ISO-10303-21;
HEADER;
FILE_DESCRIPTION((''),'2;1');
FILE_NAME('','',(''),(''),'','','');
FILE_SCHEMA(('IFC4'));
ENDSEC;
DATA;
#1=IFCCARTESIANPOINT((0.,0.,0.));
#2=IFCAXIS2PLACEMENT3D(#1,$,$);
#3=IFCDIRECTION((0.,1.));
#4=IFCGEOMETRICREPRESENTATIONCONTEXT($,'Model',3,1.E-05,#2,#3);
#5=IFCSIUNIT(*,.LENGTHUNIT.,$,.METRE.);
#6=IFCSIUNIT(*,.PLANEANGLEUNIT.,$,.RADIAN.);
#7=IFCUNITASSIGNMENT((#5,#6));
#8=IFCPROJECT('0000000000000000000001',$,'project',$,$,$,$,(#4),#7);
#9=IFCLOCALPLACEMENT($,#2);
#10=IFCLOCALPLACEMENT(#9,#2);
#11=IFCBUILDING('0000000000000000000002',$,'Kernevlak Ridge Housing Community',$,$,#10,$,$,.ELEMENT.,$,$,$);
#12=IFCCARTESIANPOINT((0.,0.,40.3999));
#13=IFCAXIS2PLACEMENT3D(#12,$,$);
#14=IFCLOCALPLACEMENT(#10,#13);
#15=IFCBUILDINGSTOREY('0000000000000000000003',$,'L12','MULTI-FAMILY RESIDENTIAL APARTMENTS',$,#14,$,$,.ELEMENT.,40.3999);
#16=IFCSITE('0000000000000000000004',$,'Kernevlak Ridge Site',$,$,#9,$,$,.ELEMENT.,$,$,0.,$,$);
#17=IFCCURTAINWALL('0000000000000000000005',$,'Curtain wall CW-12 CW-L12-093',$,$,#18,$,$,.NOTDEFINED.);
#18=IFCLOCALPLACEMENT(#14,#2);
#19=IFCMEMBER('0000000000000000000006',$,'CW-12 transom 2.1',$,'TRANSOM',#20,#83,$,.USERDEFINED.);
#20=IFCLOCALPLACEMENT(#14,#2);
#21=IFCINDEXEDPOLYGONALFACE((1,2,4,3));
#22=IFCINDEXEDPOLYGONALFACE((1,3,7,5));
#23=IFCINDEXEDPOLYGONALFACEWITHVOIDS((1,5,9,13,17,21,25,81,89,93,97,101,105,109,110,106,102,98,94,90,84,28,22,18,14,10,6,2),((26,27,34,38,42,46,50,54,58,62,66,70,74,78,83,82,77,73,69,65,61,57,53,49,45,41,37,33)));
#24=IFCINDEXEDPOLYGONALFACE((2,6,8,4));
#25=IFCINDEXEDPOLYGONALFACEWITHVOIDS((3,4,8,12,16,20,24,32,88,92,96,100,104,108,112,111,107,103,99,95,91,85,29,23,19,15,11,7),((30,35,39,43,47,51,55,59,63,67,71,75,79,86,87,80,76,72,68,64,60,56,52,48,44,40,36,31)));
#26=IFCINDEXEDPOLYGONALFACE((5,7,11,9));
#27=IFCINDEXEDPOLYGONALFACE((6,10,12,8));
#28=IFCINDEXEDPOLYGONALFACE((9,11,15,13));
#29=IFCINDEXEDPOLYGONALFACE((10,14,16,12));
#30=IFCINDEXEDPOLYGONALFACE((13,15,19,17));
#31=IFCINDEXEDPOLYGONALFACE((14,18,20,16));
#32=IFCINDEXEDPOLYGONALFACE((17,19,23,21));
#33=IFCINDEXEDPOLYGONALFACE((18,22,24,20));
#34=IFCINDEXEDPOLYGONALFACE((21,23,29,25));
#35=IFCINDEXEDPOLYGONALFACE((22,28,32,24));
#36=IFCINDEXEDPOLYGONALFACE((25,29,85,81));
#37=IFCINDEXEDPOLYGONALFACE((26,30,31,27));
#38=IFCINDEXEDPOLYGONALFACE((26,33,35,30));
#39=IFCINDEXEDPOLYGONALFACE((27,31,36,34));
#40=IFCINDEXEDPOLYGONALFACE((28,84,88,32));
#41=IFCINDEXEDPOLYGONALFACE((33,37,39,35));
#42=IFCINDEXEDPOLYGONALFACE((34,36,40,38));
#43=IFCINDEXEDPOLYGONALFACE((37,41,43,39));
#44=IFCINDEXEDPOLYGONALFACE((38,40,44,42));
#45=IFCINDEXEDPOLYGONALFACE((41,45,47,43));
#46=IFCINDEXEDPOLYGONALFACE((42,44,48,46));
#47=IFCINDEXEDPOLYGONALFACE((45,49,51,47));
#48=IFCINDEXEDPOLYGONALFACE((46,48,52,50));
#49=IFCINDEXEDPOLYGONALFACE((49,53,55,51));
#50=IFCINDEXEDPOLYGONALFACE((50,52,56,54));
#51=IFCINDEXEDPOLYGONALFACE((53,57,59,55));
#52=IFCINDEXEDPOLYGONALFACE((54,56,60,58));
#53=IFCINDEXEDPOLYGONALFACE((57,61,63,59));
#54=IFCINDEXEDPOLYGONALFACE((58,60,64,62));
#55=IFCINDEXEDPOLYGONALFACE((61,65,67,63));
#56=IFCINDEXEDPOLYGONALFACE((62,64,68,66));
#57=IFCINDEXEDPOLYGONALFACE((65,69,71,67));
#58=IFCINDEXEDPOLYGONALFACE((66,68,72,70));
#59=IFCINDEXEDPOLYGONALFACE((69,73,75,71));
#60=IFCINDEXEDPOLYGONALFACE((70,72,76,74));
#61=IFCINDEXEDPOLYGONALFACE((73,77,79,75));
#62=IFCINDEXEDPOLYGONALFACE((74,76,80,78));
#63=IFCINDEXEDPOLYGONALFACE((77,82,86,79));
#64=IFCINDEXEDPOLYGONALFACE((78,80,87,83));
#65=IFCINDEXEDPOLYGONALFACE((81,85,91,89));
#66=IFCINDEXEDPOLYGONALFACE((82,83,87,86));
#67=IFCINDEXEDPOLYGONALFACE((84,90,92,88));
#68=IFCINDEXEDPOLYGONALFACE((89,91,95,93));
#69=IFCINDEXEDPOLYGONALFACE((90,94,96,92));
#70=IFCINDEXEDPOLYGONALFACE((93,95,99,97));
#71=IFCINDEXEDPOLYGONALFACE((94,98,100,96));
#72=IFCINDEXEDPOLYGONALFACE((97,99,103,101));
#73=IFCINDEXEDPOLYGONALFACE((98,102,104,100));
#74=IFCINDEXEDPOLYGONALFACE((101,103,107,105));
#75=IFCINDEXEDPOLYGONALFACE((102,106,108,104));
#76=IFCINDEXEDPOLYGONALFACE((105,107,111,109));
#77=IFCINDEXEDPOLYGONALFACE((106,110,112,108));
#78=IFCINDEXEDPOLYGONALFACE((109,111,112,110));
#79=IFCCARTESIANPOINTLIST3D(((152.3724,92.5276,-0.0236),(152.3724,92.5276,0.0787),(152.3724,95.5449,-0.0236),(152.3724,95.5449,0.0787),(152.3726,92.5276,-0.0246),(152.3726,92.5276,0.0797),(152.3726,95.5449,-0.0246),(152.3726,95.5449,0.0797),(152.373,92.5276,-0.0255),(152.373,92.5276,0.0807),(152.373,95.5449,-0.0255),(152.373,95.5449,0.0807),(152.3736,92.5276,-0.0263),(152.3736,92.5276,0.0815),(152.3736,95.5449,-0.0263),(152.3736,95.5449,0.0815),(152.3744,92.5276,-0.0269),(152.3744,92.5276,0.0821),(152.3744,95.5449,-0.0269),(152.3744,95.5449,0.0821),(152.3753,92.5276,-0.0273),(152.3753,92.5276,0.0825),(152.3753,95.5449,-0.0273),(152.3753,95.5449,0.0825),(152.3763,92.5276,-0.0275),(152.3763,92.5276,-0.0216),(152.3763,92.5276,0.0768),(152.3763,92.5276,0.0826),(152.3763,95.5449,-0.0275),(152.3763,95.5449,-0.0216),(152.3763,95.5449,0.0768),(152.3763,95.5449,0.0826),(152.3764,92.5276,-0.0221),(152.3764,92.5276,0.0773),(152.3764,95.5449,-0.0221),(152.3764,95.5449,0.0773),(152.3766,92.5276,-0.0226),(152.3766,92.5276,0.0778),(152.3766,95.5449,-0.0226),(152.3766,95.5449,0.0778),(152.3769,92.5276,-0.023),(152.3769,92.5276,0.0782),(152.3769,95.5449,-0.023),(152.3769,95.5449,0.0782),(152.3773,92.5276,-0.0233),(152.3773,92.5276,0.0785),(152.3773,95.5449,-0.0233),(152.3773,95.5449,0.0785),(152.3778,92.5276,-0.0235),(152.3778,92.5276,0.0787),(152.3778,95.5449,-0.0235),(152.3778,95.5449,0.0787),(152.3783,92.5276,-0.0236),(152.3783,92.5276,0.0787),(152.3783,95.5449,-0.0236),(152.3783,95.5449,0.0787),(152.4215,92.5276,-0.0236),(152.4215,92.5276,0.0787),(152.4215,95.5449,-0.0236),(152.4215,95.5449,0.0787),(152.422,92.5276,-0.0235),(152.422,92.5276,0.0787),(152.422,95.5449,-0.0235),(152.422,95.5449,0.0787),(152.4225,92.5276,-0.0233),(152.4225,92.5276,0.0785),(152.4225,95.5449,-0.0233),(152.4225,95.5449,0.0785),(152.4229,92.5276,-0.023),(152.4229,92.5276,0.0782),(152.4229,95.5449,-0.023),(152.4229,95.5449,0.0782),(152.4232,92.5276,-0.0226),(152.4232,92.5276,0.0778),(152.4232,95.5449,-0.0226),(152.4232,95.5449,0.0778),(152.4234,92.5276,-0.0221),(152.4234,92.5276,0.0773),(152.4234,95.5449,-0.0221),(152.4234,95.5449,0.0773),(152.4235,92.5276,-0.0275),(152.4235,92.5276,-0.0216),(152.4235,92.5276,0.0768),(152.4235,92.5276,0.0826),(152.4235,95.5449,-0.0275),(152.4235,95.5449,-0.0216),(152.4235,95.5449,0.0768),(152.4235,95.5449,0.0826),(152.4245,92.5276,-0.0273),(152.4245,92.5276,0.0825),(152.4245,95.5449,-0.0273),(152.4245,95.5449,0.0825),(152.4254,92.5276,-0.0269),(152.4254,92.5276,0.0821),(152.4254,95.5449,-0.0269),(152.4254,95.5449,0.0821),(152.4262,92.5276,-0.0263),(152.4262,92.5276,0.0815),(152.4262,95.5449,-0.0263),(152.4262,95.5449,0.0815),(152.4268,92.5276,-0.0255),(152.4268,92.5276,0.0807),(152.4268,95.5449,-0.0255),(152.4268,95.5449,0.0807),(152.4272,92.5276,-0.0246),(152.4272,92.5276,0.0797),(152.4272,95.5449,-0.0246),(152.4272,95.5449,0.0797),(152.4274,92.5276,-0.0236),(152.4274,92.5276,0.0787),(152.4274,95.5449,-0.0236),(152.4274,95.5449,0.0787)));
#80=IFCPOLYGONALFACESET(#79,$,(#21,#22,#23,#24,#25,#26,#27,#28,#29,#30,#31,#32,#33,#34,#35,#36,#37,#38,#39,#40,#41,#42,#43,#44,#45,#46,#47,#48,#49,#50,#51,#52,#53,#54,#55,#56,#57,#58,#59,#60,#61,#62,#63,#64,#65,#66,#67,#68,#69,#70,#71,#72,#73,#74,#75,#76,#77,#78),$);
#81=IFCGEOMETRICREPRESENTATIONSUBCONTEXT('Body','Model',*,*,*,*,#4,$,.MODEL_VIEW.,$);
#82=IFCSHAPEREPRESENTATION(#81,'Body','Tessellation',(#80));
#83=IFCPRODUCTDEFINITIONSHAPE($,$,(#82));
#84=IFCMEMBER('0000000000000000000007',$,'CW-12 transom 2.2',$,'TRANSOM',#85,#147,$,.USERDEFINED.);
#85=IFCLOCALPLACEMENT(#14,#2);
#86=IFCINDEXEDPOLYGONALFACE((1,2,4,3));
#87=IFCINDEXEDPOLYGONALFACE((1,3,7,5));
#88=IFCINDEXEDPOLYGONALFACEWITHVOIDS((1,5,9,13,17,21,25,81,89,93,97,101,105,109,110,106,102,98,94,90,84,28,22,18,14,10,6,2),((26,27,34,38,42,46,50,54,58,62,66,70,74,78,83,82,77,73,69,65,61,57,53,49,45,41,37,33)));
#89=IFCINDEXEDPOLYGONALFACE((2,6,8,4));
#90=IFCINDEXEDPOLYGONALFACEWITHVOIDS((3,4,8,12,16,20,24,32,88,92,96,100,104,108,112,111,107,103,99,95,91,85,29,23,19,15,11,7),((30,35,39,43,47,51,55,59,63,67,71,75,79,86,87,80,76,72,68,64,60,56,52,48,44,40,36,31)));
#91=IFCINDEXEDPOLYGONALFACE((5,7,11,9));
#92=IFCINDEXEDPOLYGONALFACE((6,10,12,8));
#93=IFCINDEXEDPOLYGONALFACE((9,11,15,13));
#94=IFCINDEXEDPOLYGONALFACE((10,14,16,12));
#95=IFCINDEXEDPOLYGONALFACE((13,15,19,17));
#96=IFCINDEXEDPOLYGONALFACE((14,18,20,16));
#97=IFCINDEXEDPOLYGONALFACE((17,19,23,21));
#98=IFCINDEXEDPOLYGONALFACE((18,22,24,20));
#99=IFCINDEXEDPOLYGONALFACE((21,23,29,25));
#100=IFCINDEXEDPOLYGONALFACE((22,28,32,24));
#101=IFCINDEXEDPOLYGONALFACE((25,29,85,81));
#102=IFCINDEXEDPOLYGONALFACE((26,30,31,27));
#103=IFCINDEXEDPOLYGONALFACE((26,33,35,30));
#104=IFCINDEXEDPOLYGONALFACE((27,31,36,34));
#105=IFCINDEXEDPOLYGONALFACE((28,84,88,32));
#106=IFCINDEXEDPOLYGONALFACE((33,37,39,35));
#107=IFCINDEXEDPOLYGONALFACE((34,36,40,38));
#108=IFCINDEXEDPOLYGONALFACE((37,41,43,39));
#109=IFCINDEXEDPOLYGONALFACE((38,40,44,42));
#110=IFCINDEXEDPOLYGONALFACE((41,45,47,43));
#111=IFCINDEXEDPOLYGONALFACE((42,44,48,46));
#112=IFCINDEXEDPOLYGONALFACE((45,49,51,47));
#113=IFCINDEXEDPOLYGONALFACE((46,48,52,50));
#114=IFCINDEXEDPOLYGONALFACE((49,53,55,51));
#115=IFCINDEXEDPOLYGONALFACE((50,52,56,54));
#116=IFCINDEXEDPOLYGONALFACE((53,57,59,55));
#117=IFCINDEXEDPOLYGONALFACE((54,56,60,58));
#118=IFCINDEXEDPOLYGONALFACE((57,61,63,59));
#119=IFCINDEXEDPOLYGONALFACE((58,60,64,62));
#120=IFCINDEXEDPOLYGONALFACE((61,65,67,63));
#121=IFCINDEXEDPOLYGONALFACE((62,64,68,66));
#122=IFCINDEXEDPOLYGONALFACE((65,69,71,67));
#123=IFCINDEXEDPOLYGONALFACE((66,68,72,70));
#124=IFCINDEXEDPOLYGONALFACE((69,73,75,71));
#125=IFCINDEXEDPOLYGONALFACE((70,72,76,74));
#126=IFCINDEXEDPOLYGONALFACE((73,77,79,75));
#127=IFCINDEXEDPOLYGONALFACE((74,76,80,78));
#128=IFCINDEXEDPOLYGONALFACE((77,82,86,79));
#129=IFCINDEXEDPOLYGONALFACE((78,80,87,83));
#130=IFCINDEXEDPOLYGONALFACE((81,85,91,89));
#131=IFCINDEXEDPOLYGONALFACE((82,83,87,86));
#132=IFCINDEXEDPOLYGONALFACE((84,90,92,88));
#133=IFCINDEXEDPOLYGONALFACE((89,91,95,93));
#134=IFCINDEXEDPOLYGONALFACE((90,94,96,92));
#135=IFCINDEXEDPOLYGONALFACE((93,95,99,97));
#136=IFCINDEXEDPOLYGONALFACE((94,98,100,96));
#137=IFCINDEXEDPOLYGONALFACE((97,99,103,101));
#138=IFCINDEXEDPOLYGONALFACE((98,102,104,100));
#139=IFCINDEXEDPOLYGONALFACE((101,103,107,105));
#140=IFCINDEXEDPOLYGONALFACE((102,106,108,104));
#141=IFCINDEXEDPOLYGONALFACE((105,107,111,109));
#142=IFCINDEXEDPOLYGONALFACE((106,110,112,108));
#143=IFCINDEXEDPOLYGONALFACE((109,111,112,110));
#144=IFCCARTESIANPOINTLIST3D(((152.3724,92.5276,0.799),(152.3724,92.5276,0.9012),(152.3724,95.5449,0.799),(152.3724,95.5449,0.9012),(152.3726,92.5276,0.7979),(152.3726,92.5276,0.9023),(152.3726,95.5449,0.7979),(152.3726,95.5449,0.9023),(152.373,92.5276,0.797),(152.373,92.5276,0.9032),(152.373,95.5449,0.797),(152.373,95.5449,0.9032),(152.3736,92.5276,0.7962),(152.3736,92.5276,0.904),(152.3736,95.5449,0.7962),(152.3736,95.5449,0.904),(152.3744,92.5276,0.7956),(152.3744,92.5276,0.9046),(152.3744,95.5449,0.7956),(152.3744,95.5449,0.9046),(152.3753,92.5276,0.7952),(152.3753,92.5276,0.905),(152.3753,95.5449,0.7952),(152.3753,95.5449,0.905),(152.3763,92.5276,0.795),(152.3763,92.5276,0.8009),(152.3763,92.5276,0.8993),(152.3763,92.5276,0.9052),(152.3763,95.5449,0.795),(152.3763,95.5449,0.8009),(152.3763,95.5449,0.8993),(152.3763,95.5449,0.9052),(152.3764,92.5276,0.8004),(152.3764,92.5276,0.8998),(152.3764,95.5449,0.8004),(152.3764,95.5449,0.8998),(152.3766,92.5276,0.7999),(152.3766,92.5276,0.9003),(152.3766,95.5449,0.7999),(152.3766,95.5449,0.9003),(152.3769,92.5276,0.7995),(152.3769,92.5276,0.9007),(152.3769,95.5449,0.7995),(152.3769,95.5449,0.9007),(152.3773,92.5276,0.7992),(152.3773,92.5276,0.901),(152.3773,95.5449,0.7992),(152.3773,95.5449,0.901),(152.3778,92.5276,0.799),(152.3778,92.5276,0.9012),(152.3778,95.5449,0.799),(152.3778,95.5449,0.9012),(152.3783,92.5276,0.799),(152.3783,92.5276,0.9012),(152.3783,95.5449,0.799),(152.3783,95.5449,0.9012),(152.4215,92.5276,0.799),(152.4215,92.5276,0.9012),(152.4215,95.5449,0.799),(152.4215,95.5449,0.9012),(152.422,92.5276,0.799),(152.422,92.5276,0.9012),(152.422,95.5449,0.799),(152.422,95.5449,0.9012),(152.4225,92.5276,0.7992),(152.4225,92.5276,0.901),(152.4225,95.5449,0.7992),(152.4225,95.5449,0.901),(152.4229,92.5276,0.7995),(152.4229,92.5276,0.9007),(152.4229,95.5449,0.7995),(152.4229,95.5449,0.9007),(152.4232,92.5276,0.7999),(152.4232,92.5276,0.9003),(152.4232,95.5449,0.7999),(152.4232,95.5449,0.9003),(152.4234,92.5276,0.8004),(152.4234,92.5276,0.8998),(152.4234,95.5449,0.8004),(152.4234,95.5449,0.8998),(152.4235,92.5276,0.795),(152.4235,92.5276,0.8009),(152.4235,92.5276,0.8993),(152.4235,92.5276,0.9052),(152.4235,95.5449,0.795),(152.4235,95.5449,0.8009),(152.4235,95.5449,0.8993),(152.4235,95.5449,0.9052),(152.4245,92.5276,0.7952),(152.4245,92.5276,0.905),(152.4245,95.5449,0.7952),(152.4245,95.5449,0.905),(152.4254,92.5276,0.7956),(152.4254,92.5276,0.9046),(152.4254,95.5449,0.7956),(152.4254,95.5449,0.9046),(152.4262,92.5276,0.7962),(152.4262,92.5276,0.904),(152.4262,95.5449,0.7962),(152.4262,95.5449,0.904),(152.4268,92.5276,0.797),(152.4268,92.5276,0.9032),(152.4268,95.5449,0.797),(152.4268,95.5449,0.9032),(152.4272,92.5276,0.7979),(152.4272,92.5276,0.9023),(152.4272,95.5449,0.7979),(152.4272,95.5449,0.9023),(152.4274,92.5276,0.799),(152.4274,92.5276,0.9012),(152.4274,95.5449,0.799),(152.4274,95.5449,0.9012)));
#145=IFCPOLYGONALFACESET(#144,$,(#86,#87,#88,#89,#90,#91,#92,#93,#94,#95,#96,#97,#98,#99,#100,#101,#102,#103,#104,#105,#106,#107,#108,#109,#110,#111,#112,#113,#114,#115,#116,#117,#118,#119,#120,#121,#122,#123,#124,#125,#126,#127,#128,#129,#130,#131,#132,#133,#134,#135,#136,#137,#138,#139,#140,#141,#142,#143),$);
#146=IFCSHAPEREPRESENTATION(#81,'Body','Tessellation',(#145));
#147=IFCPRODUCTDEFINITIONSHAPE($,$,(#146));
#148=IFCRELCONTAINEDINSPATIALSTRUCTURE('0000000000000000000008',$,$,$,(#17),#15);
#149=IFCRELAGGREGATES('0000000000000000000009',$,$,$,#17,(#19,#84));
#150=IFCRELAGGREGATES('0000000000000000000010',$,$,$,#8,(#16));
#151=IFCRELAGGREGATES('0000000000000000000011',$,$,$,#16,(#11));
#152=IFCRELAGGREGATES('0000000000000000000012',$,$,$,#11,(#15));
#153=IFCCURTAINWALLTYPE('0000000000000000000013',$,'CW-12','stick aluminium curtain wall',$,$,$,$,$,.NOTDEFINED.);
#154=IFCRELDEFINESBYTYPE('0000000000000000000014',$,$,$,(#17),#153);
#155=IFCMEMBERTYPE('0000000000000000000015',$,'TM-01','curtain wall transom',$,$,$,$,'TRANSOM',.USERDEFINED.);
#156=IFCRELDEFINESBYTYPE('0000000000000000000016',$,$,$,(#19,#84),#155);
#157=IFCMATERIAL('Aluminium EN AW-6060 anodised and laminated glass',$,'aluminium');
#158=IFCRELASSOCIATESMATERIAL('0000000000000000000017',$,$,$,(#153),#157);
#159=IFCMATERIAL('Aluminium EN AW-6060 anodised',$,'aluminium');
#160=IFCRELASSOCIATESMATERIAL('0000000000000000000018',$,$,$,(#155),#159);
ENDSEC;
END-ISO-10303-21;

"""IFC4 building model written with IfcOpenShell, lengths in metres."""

from ifc_helpers import new_model, si_unit, direction, frame, origin, origin_2d, place, context, subcontext, project, spatial, hollow_rectangle, extrude, material, material_profile, profile_set, type_object, element, aggregate, save


model = new_model("IFC4")

# Units and contexts
model_context = context("Model", 3, precision=1e-05, world=origin(), true_north=direction((0.0, 1.0)))
body_context = subcontext(model_context, "Body", "Model", "MODEL_VIEW")
ifc_project = project(units=[si_unit("LENGTHUNIT", "METRE"), si_unit("PLANEANGLEUNIT", "RADIAN")], contexts=[model_context])

# Site, building, storey
site_placement = place(None, origin())
site = spatial("IfcSite", under=ifc_project, at=site_placement, Name="Kernevlak Ridge Site", CompositionType="ELEMENT", RefElevation=0.0)
building_placement = place(site_placement, origin())
building = spatial("IfcBuilding", under=site, at=building_placement, Name="Kernevlak Ridge Housing Community", CompositionType="ELEMENT")
storey_placement = place(building_placement, frame((0.0, 0.0, 40.3999)))
storey = spatial("IfcBuildingStorey", under=building, at=storey_placement, Name="L12", Description="MULTI-FAMILY RESIDENTIAL APARTMENTS", CompositionType="ELEMENT", Elevation=40.3999)

# Curtain wall
ifc_material_1 = material(Name="Aluminium EN AW-6060 anodised and laminated glass", Category="aluminium")
curtain_wall_type = type_object("IfcCurtainWallType", Name="CW-12", Description="stick aluminium curtain wall", PredefinedType="NOTDEFINED", material=ifc_material_1)
curtain_wall_placement = place(storey_placement, origin())
curtain_wall = element("IfcCurtainWall", 1, at=curtain_wall_placement, inside=storey, type_object=curtain_wall_type, Name="Curtain wall CW-12 CW-L12-093", PredefinedType="NOTDEFINED")
ifc_material_2 = material(Name="Aluminium EN AW-6060 anodised", Category="aluminium")

# Members
ifc_material_profile_1 = material_profile(ifc_material_2, hollow_rectangle(XDim=0.0549, YDim=0.1101, WallThickness=0.0039, InnerFilletRadius=0.002, OuterFilletRadius=0.0039, at=origin_2d()), Name="ALU 55x110x4")
ifc_profile_set_1 = profile_set([ifc_material_profile_1], Name="Aluminium EN AW-6060 anodised")
member_type_1 = type_object("IfcMemberType", Name="TM-01", Description="curtain wall transom", ElementType="TRANSOM", PredefinedType="USERDEFINED", material=ifc_profile_set_1)
member_1_placement = place(storey_placement, frame((152.3999, 92.5276, 0.0276), z_axis=(0.0, 1.0, 0.0), x_axis=(-1.0, 0.0, 0.0)))
member_1 = element("IfcMember", 2, at=member_1_placement, type_object=member_type_1, Name="CW-12 transom 2.1", ObjectType="TRANSOM", PredefinedType="USERDEFINED", context=body_context, shape_type="SweptSolid", body=[
    extrude(hollow_rectangle(XDim=0.0549, YDim=0.1101, WallThickness=0.0039, InnerFilletRadius=0.002, OuterFilletRadius=0.0039, at=origin_2d()), origin(), (0.0, 0.0, 1.0), 3.0173),
])
member_2_placement = place(storey_placement, frame((152.3999, 92.5276, 0.8501), z_axis=(0.0, 1.0, 0.0), x_axis=(-1.0, 0.0, 0.0)))
member_2 = element("IfcMember", 3, at=member_2_placement, type_object=member_type_1, Name="CW-12 transom 2.2", ObjectType="TRANSOM", PredefinedType="USERDEFINED", context=body_context, shape_type="SweptSolid", body=[
    extrude(hollow_rectangle(XDim=0.0549, YDim=0.1101, WallThickness=0.0039, InnerFilletRadius=0.002, OuterFilletRadius=0.0039, at=origin_2d()), origin(), (0.0, 0.0, 1.0), 3.0173),
])

aggregate(curtain_wall, [member_1, member_2])

save(model, "model.ifc")
